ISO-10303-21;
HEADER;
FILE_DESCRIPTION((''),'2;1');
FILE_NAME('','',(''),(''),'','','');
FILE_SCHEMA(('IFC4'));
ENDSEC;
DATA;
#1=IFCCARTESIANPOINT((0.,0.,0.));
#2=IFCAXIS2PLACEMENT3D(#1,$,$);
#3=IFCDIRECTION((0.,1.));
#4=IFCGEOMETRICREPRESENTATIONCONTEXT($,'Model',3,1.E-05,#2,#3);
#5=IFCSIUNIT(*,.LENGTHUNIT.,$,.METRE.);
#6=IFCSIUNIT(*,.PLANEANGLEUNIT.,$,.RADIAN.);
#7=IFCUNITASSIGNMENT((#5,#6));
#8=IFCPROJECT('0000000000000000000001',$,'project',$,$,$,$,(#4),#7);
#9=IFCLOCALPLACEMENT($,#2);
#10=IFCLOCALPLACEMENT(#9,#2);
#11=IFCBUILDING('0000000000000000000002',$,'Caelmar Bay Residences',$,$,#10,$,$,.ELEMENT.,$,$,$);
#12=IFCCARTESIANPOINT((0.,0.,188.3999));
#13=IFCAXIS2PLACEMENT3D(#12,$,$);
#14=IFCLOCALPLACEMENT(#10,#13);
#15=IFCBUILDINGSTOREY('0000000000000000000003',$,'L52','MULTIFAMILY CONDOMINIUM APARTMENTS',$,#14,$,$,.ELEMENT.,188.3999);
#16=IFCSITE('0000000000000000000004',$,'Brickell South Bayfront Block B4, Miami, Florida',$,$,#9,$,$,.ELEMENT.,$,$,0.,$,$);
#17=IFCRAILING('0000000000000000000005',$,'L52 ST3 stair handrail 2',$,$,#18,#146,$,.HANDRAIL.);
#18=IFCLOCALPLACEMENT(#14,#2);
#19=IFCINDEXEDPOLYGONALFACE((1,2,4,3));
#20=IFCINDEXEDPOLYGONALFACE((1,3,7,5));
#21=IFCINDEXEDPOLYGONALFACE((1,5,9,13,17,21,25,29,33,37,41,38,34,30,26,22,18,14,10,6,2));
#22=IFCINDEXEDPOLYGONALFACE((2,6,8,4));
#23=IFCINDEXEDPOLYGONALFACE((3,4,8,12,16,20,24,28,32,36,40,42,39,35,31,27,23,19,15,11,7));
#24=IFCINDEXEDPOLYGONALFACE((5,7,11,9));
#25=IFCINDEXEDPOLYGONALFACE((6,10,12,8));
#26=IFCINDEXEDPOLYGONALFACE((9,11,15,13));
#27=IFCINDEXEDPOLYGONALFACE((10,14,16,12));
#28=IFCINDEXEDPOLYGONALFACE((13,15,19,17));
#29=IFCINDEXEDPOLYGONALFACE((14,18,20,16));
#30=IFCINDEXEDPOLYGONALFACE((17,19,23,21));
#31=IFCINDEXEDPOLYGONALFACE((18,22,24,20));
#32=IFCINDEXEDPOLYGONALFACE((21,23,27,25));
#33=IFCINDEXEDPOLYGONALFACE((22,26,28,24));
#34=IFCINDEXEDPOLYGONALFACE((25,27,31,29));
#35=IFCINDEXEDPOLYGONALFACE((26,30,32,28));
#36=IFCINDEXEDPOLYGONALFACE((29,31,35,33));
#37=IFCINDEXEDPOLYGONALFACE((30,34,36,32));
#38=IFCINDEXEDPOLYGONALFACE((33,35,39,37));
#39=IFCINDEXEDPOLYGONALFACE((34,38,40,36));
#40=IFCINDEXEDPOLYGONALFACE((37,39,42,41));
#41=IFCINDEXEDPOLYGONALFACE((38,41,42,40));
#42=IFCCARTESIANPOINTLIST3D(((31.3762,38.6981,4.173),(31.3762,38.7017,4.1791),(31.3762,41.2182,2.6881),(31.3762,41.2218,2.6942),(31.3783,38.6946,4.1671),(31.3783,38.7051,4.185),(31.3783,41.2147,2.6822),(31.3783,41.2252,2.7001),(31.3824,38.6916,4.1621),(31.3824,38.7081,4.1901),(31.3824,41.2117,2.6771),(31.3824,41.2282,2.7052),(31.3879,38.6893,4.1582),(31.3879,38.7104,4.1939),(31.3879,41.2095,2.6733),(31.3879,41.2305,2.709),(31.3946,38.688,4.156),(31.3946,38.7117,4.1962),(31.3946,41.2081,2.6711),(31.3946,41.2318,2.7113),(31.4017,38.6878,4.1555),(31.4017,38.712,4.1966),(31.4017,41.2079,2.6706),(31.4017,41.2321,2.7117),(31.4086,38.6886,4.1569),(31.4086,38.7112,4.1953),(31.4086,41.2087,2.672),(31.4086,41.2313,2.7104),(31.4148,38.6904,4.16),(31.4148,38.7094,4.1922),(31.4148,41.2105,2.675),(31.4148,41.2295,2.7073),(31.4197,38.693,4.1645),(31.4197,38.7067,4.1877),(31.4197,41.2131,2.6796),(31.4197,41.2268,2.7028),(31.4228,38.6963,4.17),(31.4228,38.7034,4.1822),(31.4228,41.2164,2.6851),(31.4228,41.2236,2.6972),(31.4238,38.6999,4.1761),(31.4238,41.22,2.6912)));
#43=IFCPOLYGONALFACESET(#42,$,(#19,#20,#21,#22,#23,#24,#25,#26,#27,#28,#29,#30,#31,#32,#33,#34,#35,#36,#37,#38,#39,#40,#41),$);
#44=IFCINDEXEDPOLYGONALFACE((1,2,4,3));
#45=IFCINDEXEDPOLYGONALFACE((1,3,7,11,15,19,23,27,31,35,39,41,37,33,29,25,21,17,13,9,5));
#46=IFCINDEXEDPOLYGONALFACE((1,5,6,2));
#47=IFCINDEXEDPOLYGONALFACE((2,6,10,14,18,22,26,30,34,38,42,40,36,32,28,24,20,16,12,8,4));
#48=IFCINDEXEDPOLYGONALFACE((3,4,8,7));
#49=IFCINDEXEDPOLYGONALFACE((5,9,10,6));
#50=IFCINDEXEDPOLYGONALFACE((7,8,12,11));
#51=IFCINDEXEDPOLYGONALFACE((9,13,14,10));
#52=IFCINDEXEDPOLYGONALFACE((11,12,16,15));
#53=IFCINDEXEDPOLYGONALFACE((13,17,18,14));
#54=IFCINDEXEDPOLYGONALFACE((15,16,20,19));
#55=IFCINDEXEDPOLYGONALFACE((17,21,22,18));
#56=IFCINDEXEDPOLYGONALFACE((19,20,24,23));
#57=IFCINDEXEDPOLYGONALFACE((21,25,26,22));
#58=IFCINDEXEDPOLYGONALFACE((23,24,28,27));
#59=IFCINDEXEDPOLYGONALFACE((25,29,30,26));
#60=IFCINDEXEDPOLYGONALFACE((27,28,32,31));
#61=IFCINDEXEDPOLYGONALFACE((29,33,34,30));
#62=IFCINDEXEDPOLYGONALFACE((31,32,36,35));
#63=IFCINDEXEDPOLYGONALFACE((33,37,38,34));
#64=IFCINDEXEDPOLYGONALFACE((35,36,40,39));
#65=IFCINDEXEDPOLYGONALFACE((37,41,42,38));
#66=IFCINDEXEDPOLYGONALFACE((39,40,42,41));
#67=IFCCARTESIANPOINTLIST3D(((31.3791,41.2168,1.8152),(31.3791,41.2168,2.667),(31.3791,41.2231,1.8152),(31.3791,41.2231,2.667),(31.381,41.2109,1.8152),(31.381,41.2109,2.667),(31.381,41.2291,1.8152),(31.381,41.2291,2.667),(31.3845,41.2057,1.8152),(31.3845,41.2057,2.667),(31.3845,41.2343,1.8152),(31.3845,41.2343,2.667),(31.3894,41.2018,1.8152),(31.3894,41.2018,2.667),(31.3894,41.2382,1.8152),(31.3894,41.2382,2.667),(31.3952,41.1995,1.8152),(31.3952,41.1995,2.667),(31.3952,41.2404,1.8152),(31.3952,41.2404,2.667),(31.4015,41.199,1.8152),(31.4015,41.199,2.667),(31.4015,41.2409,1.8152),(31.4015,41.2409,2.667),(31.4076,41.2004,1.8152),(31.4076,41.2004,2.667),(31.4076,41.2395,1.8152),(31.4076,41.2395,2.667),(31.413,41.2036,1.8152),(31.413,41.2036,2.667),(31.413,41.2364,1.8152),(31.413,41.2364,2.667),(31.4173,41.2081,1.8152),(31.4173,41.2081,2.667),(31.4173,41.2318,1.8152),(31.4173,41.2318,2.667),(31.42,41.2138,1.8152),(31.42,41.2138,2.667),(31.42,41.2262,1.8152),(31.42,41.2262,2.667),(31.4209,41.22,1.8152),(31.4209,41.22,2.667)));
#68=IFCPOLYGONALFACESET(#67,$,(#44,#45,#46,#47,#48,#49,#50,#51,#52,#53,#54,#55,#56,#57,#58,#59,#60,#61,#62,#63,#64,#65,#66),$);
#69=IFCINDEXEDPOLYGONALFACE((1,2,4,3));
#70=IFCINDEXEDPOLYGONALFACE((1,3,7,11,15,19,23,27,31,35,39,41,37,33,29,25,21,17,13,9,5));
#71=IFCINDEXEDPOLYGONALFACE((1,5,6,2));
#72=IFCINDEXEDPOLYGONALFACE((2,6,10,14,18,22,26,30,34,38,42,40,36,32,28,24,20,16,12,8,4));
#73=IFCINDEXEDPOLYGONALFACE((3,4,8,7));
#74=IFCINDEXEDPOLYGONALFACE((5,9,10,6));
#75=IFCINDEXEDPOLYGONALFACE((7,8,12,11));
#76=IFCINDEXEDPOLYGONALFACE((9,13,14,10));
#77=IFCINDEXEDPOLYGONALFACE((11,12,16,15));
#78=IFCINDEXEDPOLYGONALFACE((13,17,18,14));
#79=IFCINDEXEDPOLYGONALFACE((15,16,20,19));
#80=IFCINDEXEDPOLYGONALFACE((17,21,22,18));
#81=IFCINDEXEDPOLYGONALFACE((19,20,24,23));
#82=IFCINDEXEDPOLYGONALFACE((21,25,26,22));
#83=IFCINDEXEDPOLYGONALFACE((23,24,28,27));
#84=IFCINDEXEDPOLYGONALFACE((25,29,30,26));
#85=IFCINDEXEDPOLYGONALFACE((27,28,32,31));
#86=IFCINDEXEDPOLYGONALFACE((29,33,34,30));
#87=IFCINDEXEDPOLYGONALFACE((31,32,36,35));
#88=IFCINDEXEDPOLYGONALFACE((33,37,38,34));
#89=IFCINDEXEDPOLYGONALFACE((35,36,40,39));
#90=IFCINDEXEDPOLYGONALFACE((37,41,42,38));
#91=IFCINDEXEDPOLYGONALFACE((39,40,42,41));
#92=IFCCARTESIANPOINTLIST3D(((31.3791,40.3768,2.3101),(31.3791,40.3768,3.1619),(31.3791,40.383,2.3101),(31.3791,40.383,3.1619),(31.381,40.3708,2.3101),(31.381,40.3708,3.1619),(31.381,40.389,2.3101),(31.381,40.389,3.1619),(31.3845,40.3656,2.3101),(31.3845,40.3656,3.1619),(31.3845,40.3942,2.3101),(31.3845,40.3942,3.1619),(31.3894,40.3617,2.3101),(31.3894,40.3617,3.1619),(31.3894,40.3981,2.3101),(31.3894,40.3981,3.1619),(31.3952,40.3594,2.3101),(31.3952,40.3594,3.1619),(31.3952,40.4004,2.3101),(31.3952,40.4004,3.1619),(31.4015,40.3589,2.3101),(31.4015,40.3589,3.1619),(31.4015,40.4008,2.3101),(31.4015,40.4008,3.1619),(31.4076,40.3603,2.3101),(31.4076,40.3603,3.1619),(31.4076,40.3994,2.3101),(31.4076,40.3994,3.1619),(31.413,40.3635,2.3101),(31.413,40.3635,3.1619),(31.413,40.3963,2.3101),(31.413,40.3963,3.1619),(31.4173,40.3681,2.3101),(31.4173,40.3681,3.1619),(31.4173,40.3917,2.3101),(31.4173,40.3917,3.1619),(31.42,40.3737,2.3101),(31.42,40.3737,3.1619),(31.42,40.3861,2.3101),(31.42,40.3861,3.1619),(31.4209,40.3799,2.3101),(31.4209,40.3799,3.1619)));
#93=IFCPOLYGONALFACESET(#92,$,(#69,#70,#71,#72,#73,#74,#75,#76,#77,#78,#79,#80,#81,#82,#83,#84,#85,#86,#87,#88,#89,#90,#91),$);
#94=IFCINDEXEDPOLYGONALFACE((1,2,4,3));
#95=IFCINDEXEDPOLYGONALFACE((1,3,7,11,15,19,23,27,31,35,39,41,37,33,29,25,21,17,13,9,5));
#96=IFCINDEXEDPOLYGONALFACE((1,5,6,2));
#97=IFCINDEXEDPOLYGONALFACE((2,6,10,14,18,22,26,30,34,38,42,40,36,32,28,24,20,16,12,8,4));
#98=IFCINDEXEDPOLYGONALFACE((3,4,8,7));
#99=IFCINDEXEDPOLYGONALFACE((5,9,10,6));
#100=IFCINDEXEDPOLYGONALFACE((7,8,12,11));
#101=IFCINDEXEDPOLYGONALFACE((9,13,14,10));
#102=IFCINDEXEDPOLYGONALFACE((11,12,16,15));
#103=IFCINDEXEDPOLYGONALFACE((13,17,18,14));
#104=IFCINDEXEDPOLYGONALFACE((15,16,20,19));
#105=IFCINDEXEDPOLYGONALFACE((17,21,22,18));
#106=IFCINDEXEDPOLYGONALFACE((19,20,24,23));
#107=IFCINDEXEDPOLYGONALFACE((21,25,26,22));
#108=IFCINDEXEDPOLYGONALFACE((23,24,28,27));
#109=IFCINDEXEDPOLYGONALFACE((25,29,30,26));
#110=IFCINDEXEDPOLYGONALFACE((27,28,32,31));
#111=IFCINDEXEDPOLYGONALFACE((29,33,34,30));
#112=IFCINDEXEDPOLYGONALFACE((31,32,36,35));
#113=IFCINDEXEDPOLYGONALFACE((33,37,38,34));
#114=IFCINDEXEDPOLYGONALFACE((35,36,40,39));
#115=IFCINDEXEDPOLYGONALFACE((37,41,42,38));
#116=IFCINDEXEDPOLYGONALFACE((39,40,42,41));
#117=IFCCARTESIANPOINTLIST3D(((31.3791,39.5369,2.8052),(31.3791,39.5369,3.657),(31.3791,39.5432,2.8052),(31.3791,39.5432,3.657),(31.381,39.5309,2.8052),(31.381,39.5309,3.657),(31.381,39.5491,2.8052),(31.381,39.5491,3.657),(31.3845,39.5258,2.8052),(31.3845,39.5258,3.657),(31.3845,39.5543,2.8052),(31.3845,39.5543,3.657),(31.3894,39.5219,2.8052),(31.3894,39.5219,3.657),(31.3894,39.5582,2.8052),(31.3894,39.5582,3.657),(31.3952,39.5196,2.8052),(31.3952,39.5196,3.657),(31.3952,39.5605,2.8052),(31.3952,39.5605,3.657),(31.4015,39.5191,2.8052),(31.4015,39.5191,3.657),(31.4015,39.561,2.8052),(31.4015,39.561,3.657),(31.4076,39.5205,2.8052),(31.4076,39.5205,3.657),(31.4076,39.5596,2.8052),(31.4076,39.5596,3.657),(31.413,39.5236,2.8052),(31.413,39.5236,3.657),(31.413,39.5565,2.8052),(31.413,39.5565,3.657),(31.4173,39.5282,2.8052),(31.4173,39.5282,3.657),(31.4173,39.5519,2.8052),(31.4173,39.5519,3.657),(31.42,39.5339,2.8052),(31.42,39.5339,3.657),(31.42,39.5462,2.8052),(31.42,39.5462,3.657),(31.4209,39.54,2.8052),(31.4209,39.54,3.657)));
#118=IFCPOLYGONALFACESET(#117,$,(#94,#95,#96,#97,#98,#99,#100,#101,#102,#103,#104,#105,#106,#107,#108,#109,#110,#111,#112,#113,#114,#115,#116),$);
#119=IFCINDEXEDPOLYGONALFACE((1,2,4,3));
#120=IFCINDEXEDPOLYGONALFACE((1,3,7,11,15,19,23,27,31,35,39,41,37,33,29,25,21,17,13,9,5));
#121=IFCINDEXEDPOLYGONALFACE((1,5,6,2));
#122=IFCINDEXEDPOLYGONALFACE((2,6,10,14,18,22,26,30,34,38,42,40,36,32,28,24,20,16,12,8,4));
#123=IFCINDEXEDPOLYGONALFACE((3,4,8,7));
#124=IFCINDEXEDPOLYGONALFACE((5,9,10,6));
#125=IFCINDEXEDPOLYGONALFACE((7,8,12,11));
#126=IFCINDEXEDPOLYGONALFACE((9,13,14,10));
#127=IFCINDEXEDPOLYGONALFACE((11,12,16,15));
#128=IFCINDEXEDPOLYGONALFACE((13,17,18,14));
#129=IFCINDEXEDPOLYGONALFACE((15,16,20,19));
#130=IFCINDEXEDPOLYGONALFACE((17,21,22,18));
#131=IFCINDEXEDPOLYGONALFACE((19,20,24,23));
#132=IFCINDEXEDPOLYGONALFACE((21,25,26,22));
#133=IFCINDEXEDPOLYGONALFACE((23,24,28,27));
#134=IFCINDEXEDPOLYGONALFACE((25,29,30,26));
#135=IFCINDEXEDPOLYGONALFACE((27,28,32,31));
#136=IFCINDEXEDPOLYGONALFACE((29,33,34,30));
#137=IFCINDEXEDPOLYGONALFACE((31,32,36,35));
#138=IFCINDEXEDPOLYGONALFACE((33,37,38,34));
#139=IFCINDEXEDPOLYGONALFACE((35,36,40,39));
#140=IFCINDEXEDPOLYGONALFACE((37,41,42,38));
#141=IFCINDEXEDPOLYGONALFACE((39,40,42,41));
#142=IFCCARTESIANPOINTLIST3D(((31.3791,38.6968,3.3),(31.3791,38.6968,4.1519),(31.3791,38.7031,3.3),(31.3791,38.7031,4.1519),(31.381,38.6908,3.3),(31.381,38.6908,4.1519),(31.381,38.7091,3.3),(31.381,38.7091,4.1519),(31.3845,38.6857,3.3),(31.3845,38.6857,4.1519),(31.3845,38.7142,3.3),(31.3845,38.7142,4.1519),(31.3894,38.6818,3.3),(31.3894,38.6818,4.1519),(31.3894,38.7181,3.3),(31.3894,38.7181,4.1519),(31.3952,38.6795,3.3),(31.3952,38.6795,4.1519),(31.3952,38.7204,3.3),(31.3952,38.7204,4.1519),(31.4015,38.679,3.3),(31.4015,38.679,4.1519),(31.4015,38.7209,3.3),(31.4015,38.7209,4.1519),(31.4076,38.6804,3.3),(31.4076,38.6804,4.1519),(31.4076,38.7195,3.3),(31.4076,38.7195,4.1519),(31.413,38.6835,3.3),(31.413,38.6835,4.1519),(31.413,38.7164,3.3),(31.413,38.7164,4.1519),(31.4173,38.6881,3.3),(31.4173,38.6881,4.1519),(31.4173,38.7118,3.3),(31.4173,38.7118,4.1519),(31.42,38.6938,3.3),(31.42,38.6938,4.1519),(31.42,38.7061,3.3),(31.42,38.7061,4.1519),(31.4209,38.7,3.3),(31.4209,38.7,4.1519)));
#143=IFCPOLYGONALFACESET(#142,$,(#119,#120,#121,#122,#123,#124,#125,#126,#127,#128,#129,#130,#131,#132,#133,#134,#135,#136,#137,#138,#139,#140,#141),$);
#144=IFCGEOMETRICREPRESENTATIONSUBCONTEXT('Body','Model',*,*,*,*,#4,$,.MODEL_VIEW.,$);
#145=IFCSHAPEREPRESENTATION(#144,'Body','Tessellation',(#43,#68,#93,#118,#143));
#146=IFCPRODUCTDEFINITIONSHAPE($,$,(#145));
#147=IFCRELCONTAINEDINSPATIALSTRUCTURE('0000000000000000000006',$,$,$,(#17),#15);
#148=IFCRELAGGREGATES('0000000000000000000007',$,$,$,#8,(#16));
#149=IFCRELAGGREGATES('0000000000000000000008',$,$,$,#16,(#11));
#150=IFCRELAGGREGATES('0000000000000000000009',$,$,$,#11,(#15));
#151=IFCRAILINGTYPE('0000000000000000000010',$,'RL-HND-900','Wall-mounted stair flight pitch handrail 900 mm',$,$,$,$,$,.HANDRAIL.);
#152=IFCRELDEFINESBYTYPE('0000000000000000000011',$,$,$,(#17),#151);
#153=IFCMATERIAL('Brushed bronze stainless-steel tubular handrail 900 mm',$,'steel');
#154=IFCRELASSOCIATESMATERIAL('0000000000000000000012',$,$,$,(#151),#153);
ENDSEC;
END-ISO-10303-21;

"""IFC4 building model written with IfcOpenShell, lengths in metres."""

from ifc_helpers import new_model, si_unit, direction, frame, origin, origin_2d, place, context, subcontext, project, spatial, circle, extrude, material, type_object, element, save


model = new_model("IFC4")

# Units and contexts
model_context = context("Model", 3, precision=1e-05, world=origin(), true_north=direction((0.0, 1.0)))
body_context = subcontext(model_context, "Body", "Model", "MODEL_VIEW")
ifc_project = project(units=[si_unit("LENGTHUNIT", "METRE"), si_unit("PLANEANGLEUNIT", "RADIAN")], contexts=[model_context])

# Site, building, storey
site_placement = place(None, origin())
site = spatial("IfcSite", under=ifc_project, at=site_placement, Name="Brickell South Bayfront Block B4, Miami, Florida", CompositionType="ELEMENT", RefElevation=0.0)
building_placement = place(site_placement, origin())
building = spatial("IfcBuilding", under=site, at=building_placement, Name="Caelmar Bay Residences", CompositionType="ELEMENT")
storey_placement = place(building_placement, frame((0.0, 0.0, 188.3999)))
storey = spatial("IfcBuildingStorey", under=building, at=storey_placement, Name="L52", Description="MULTIFAMILY CONDOMINIUM APARTMENTS", CompositionType="ELEMENT", Elevation=188.3999)

# Railing
ifc_material_1 = material(Name="Brushed bronze stainless-steel tubular handrail 900 mm", Category="steel")
railing_type_1 = type_object("IfcRailingType", Name="RL-HND-900", Description="Wall-mounted stair flight pitch handrail 900 mm", PredefinedType="HANDRAIL", material=ifc_material_1)
railing_1_placement = place(storey_placement, frame((31.3999, 41.22, 1.8152)))
element("IfcRailing", 1, at=railing_1_placement, inside=storey, type_object=railing_type_1, Name="L52 ST3 stair handrail 2", PredefinedType="HANDRAIL", context=body_context, shape_type="SweptSolid", body=[
    extrude(circle(Radius=0.0239, at=origin_2d()), frame((0.0, 0.0, 0.876), z_axis=(0.0, -0.861561, 0.507655), x_axis=(1.0, 0.0, 0.0)), (0.0, 0.0, 1.0), 2.925),
    extrude(circle(Radius=0.021, at=origin_2d()), origin(), (0.0, 0.0, 1.0), 0.8518),
    extrude(circle(Radius=0.021, at=origin_2d()), frame((0.0, -0.8401, 0.4949)), (0.0, 0.0, 1.0), 0.8518),
    extrude(circle(Radius=0.021, at=origin_2d()), frame((0.0, -1.6799, 0.99)), (0.0, 0.0, 1.0), 0.8518),
    extrude(circle(Radius=0.021, at=origin_2d()), frame((0.0, -2.52, 1.4849)), (0.0, 0.0, 1.0), 0.8518),
])

save(model, "model.ifc")
